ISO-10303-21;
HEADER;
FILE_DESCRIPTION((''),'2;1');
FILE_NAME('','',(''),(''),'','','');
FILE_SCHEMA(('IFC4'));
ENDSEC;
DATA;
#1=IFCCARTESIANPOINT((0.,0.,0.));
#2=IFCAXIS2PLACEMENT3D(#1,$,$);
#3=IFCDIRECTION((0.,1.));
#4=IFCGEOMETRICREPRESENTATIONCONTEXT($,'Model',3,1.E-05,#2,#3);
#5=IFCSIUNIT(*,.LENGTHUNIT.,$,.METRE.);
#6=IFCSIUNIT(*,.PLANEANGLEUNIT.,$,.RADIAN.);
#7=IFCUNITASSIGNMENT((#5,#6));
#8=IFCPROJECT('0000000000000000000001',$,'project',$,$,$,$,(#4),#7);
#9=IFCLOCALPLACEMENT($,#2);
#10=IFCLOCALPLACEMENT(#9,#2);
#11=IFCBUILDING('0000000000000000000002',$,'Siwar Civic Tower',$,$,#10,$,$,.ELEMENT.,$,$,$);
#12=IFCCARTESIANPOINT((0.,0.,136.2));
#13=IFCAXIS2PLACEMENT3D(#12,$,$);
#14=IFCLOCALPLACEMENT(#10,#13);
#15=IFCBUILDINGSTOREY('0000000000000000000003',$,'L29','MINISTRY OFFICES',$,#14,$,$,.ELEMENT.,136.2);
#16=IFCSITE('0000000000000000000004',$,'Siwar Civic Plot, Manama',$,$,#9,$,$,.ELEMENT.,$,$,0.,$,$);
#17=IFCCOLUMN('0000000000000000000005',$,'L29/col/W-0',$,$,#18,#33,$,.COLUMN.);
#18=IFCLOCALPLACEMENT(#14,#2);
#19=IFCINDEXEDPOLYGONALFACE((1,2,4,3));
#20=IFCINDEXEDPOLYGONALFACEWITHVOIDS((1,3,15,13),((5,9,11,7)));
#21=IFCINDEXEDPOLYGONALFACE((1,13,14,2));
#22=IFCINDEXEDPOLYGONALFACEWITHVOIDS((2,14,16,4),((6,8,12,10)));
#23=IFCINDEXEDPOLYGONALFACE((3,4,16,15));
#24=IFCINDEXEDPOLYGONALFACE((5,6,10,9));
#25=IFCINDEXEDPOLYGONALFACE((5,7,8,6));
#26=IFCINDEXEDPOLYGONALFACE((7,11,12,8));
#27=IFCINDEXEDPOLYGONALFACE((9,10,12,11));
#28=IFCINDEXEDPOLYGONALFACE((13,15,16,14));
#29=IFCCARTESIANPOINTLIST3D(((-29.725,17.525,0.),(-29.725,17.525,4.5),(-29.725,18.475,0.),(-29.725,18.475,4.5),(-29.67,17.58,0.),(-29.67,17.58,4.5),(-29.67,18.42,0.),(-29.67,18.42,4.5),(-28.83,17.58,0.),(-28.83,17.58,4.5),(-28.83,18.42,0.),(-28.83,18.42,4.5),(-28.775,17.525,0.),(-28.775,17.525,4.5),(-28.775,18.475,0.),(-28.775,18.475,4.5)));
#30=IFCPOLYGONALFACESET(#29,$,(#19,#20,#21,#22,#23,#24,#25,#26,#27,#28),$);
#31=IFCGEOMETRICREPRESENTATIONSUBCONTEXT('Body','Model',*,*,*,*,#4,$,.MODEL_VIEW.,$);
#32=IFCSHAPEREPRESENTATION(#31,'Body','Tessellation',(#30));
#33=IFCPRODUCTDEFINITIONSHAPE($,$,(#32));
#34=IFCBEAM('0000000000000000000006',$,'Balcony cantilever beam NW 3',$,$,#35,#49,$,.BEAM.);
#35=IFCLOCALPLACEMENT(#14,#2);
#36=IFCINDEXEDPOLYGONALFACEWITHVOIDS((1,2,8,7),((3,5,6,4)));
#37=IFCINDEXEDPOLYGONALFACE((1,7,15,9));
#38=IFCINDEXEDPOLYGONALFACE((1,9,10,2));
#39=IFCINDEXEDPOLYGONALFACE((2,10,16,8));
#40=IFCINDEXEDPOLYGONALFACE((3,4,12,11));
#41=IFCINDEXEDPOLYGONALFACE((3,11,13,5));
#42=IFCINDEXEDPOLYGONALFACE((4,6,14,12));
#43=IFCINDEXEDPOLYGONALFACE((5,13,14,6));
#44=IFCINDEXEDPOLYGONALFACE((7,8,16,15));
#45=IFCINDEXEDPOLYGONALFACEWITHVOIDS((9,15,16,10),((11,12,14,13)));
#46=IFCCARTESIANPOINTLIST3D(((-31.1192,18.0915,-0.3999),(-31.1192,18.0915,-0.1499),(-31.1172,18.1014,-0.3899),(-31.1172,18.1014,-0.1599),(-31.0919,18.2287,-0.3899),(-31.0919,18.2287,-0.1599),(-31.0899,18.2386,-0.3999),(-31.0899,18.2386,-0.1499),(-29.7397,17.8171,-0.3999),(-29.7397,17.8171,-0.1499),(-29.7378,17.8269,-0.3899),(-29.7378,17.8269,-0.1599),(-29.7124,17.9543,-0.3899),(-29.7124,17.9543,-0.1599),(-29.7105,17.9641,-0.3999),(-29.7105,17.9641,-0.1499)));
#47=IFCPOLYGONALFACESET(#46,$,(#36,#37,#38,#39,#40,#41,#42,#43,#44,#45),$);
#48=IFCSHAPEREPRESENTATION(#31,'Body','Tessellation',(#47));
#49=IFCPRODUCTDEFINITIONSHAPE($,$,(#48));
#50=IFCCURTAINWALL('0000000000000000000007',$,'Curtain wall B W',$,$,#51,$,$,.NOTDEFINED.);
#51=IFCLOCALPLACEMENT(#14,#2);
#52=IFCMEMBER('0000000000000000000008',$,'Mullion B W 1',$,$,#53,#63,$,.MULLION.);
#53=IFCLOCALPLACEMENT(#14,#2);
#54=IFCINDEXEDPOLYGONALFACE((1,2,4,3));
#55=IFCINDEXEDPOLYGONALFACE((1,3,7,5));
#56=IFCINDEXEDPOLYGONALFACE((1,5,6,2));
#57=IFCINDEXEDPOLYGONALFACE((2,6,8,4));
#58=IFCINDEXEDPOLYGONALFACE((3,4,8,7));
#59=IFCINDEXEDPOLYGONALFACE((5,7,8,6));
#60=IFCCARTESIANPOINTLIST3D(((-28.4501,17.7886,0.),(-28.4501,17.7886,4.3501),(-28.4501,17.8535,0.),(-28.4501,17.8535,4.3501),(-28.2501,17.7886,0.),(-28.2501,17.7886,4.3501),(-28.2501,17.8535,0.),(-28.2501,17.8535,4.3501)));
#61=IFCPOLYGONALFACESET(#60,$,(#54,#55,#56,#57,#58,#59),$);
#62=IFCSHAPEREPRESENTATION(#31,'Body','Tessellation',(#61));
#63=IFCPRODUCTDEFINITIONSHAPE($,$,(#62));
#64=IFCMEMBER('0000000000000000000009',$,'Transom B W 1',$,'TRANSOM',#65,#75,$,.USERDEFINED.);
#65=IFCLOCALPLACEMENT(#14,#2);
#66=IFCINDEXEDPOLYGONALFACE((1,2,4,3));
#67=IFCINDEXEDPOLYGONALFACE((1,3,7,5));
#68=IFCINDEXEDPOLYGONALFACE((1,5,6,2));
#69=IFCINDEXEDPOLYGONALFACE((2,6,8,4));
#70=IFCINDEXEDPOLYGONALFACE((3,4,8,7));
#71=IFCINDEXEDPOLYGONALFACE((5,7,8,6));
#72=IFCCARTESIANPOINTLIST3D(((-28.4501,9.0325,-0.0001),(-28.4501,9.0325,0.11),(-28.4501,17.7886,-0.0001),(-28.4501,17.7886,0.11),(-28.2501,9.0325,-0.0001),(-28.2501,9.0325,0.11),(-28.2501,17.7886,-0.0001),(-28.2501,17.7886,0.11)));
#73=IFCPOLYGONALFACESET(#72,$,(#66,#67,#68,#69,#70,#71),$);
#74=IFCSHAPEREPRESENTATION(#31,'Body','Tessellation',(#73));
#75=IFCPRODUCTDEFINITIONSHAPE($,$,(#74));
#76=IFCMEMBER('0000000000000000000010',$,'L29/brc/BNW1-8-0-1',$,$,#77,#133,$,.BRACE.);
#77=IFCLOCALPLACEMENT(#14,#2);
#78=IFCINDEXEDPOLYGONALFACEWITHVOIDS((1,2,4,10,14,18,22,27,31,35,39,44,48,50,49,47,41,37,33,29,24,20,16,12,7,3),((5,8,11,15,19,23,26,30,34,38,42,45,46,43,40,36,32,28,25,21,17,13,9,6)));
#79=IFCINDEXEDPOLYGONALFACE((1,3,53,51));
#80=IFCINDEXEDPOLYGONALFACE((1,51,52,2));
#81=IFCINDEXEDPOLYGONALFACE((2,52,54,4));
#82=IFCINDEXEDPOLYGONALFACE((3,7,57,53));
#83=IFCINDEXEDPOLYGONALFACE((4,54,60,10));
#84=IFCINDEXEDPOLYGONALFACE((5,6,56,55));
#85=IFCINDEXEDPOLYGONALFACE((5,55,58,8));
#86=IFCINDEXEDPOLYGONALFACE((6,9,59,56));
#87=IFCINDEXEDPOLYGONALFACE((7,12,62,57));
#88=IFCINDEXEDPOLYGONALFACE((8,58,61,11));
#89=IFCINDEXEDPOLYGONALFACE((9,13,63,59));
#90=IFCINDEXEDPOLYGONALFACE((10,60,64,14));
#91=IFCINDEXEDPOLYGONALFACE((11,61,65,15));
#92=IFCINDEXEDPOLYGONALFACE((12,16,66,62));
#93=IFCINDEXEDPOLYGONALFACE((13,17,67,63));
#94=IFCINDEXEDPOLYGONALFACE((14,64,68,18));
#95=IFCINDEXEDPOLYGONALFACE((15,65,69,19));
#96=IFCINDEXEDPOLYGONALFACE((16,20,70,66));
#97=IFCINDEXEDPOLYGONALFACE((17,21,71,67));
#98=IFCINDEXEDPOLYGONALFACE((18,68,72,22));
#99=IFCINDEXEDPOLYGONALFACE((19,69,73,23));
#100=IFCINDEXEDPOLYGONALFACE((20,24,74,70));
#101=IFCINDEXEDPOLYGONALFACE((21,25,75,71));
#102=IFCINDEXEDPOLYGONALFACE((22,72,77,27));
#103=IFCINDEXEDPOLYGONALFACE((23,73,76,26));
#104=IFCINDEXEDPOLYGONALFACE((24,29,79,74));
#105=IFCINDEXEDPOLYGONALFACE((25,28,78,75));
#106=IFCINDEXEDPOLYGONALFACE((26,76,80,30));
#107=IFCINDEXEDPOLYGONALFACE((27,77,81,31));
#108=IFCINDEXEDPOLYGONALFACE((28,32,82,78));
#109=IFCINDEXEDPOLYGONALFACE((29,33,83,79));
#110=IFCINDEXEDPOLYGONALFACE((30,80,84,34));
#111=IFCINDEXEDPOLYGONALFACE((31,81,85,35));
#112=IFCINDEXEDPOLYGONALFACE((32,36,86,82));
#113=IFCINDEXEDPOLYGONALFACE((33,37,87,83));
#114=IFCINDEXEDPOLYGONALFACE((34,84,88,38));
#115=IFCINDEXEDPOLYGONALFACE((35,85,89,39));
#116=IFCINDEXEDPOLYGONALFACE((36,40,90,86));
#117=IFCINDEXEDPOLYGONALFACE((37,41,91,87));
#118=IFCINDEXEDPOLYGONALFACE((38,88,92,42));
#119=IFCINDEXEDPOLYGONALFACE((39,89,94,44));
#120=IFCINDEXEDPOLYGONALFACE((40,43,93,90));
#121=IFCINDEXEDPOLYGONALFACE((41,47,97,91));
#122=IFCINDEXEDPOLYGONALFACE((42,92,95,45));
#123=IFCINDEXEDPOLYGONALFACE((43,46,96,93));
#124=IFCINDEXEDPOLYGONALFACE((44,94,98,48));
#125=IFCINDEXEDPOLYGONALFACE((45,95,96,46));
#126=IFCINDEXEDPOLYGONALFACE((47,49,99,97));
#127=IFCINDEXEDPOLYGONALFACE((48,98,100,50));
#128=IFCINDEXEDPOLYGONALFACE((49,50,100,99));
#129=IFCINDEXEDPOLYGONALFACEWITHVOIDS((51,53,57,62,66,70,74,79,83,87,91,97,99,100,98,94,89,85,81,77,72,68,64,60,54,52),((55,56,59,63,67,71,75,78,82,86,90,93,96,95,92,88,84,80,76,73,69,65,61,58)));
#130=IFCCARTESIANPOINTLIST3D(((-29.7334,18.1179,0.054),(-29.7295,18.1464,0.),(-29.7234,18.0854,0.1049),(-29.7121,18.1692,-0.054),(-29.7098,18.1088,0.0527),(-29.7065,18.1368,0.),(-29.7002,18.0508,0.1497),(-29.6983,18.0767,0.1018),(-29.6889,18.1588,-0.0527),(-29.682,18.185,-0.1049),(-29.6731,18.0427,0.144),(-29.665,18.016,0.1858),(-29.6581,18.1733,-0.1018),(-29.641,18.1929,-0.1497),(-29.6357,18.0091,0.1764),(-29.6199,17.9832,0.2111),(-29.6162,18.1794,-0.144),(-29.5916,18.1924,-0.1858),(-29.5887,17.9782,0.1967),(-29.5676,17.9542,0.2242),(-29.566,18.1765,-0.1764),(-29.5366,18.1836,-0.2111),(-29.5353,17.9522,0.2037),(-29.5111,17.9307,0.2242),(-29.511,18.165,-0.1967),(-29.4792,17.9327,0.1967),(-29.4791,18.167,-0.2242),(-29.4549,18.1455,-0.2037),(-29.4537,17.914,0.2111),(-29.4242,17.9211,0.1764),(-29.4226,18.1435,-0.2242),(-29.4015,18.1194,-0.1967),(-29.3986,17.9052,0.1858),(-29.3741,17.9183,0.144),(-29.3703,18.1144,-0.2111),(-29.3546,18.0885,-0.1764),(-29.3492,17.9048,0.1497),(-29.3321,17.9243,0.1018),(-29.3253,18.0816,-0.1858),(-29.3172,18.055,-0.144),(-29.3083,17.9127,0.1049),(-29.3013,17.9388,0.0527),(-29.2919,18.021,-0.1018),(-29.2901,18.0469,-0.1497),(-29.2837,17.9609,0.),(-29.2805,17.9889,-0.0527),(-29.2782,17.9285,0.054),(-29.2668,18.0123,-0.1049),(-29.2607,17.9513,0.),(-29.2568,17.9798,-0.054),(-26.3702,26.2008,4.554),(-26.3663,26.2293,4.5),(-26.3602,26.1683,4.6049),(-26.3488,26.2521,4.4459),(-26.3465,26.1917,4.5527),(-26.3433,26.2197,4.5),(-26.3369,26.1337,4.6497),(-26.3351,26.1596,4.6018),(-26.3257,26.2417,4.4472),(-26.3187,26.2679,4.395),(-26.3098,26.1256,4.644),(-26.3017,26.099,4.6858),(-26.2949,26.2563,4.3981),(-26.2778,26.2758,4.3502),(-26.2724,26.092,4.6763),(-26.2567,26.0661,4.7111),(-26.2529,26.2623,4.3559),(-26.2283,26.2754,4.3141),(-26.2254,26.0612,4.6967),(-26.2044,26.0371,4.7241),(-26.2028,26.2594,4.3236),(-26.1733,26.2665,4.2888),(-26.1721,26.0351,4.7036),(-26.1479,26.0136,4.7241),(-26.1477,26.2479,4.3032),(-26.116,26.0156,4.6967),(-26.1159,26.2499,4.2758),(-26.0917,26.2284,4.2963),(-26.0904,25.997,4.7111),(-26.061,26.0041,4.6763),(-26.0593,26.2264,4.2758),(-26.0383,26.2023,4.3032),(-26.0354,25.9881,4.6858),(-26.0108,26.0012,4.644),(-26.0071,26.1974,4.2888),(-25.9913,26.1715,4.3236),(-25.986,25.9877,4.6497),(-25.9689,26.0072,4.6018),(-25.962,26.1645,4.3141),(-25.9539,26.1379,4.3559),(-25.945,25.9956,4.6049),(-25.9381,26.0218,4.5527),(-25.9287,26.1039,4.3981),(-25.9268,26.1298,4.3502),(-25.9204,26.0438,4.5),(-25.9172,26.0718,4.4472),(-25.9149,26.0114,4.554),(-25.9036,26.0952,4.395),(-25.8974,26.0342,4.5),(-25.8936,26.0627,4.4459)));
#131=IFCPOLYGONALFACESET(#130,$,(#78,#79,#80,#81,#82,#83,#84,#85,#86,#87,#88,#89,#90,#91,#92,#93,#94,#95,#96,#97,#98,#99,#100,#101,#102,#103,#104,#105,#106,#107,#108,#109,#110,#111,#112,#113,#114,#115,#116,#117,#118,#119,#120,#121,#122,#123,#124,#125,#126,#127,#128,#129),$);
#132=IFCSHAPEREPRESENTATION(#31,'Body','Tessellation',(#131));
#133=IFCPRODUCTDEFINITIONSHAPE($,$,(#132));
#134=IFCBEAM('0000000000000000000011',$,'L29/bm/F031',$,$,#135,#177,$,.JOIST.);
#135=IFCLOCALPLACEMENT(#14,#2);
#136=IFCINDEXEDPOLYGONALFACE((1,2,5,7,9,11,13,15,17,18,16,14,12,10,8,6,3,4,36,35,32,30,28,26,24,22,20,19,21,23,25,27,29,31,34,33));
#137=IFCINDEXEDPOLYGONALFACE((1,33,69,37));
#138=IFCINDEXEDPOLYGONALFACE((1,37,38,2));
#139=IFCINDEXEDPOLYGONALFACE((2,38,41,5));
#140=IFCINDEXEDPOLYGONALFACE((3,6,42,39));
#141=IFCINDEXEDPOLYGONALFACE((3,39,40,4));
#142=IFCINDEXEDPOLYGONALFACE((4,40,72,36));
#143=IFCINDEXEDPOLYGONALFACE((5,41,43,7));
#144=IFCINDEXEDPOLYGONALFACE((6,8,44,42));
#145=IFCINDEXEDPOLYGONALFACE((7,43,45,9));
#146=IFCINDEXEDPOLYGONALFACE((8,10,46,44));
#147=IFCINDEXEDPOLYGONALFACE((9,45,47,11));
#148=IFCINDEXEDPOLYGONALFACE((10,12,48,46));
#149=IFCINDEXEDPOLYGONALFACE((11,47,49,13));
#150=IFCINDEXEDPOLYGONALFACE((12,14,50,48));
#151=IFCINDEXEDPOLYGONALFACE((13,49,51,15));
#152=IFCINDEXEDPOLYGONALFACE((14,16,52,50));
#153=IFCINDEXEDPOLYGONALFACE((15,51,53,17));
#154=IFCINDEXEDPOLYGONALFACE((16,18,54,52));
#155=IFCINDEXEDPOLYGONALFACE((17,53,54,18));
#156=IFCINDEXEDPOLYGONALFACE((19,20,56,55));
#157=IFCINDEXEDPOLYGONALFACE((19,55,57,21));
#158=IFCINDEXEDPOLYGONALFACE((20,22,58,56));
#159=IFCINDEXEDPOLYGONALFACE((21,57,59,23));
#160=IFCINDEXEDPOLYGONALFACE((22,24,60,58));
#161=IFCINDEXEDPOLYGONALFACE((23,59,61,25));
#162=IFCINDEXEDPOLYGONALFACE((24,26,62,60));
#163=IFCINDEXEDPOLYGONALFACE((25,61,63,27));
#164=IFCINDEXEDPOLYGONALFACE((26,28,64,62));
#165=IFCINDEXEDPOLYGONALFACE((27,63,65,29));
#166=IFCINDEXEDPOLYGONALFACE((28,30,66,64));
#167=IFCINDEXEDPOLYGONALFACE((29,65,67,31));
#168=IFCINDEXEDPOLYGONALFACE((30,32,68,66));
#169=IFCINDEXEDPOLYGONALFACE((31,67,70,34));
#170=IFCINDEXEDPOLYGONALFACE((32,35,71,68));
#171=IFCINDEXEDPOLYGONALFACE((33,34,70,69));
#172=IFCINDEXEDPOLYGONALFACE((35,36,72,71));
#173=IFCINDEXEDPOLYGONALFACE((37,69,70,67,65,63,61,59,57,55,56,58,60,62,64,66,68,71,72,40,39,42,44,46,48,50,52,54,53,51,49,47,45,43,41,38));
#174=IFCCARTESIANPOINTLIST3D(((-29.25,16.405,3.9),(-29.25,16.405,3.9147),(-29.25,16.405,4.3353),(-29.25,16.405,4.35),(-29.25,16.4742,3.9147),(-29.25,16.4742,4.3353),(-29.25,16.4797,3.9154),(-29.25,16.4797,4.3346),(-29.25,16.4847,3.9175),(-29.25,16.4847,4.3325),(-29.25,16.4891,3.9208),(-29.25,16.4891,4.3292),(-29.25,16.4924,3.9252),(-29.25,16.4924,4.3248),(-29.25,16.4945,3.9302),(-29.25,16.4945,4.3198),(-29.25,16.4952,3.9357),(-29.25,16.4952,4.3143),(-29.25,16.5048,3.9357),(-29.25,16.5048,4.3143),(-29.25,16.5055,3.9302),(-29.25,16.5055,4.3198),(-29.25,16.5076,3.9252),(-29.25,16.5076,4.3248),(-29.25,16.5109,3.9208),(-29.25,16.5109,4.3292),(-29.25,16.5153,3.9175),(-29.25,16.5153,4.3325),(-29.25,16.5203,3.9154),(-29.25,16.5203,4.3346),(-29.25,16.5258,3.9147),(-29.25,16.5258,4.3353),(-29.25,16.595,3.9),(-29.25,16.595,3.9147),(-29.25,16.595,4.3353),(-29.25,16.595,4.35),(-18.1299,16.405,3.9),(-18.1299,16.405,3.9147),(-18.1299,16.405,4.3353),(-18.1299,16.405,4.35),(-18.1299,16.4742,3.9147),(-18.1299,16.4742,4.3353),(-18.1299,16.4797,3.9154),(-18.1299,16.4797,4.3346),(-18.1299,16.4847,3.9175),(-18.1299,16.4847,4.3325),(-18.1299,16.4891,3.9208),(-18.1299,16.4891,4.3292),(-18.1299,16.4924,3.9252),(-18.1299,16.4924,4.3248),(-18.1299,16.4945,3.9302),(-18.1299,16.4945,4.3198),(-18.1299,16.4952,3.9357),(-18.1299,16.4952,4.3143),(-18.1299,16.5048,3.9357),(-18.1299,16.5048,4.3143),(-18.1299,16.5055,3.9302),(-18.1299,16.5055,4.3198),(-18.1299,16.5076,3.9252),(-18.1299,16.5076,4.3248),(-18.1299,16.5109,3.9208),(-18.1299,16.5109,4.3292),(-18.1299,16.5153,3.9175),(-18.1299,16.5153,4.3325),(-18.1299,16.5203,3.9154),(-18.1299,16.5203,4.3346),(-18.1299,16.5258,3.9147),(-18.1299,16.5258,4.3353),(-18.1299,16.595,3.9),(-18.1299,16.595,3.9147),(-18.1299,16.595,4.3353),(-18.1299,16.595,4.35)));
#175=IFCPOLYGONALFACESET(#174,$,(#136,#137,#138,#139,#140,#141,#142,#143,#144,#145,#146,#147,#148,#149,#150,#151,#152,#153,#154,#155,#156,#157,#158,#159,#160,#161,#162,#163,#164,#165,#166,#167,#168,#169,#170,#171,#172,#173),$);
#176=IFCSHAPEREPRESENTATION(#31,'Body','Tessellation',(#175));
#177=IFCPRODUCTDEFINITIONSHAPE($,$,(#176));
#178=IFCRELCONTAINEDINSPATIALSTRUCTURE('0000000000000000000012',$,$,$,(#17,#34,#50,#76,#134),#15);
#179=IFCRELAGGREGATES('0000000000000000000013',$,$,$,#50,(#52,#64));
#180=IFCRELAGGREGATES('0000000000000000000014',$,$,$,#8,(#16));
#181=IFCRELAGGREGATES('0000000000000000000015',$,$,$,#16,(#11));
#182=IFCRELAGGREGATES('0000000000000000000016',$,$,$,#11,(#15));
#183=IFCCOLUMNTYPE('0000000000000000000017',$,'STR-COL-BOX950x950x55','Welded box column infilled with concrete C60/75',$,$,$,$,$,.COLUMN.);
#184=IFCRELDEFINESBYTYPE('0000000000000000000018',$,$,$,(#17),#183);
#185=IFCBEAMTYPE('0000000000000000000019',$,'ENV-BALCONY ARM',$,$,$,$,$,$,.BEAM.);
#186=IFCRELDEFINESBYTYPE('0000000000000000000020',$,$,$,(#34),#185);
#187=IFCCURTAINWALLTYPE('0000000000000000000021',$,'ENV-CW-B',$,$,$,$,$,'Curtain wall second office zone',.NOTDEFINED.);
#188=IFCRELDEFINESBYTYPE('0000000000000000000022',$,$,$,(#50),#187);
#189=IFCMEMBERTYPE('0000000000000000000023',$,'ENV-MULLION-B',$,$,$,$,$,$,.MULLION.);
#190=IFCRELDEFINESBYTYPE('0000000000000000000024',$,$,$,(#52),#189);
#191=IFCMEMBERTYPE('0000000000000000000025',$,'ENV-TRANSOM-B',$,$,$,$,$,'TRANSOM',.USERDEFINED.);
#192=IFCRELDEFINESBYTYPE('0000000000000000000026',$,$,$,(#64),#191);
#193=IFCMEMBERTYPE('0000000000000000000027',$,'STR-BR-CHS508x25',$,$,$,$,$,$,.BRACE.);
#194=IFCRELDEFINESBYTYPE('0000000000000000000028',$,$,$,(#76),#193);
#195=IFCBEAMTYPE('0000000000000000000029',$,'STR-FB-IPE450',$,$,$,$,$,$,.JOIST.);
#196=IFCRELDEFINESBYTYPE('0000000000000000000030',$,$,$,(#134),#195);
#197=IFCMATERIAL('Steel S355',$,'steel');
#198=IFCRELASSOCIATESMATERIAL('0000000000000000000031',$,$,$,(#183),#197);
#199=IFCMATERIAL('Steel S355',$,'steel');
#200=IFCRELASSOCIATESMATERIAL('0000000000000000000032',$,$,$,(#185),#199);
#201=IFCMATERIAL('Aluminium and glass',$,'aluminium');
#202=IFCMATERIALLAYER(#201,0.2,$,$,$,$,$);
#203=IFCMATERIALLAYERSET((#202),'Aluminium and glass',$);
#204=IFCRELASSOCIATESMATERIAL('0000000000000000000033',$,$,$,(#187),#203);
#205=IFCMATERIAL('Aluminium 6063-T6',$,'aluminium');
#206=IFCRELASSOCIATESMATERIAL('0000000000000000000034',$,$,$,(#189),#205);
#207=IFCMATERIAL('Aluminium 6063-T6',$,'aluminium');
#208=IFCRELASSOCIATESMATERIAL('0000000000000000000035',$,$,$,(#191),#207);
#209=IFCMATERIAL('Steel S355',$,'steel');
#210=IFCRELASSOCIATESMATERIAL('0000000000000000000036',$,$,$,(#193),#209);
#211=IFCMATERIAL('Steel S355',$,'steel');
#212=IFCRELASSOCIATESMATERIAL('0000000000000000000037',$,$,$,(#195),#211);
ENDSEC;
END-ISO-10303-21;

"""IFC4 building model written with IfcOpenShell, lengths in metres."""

from ifc_helpers import new_model, si_unit, direction, frame, origin, origin_2d, place, context, subcontext, project, spatial, rectangle, hollow_rectangle, hollow_circle, i_section, extrude, material, layer, layer_set, material_profile, profile_set, type_object, element, aggregate, save


model = new_model("IFC4")

# Units and contexts
model_context = context("Model", 3, precision=1e-05, world=origin(), true_north=direction((0.0, 1.0)))
body_context = subcontext(model_context, "Body", "Model", "MODEL_VIEW")
ifc_project = project(units=[si_unit("LENGTHUNIT", "METRE"), si_unit("PLANEANGLEUNIT", "RADIAN")], contexts=[model_context])

# Site, building, storey
site_placement = place(None, origin())
site = spatial("IfcSite", under=ifc_project, at=site_placement, Name="Siwar Civic Plot, Manama", CompositionType="ELEMENT", RefElevation=0.0)
building_placement = place(site_placement, origin())
building = spatial("IfcBuilding", under=site, at=building_placement, Name="Siwar Civic Tower", CompositionType="ELEMENT")
storey_placement = place(building_placement, frame((0.0, 0.0, 136.2)))
storey = spatial("IfcBuildingStorey", under=building, at=storey_placement, Name="L29", Description="MINISTRY OFFICES", CompositionType="ELEMENT", Elevation=136.2)

# Column
ifc_material_1 = material(Name="Steel S355", Category="steel")
ifc_material_profile_1 = material_profile(ifc_material_1, hollow_rectangle(XDim=0.95, YDim=0.95, WallThickness=0.0549, at=origin_2d()), Name="BOX950x950x55")
ifc_profile_set_1 = profile_set([ifc_material_profile_1], Name="Steel S355")
column_type = type_object("IfcColumnType", Name="STR-COL-BOX950x950x55", Description="Welded box column infilled with concrete C60/75", PredefinedType="COLUMN", material=ifc_profile_set_1)
column_placement = place(storey_placement, frame((-29.25, 18.0, 0.0), z_axis=(0.0, 0.0, 1.0), x_axis=(1.0, 0.0, 0.0)))
element("IfcColumn", 1, at=column_placement, inside=storey, type_object=column_type, Name="L29/col/W-0", PredefinedType="COLUMN", context=body_context, shape_type="SweptSolid", body=[
    extrude(hollow_rectangle(XDim=0.95, YDim=0.95, WallThickness=0.0549, at=origin_2d()), origin(), (0.0, 0.0, 1.0), 4.5),
])

# Beam
ifc_material_2 = material(Name="Steel S355", Category="steel")
ifc_material_profile_2 = material_profile(ifc_material_2, hollow_rectangle(XDim=0.1499, YDim=0.25, WallThickness=0.01, at=origin_2d()), Name="RHS250x150x10")
ifc_profile_set_2 = profile_set([ifc_material_profile_2], Name="Steel S355")
beam_type_1 = type_object("IfcBeamType", Name="ENV-BALCONY ARM", PredefinedType="BEAM", material=ifc_profile_set_2)
beam_1_placement = place(storey_placement, frame((-29.7251, 17.8906, -0.2749), z_axis=(-0.98078, 0.195115, 0.0), x_axis=(-0.195115, -0.98078, 0.0)))
element("IfcBeam", 2, at=beam_1_placement, inside=storey, type_object=beam_type_1, Name="Balcony cantilever beam NW 3", PredefinedType="BEAM", context=body_context, shape_type="SweptSolid", body=[
    extrude(hollow_rectangle(XDim=0.1499, YDim=0.25, WallThickness=0.01, at=origin_2d()), origin(), (0.0, 0.0, 1.0), 1.4065),
])

# Curtain wall, members
ifc_material_3 = material(Name="Aluminium and glass", Category="aluminium")
ifc_layer_1 = layer(ifc_material_3, 0.2)
ifc_layer_set_1 = layer_set([ifc_layer_1], Name="Aluminium and glass")
curtain_wall_type = type_object("IfcCurtainWallType", Name="ENV-CW-B", ElementType="Curtain wall second office zone", PredefinedType="NOTDEFINED", material=ifc_layer_set_1)
curtain_wall_placement = place(storey_placement, origin())
curtain_wall = element("IfcCurtainWall", 3, at=curtain_wall_placement, inside=storey, type_object=curtain_wall_type, Name="Curtain wall B W", PredefinedType="NOTDEFINED")
ifc_material_4 = material(Name="Aluminium 6063-T6", Category="aluminium")
ifc_material_profile_3 = material_profile(ifc_material_4, rectangle(XDim=0.2, YDim=0.0649, at=origin_2d()), Name="AL 200x65")
ifc_profile_set_3 = profile_set([ifc_material_profile_3], Name="Aluminium 6063-T6")
member_type_1 = type_object("IfcMemberType", Name="ENV-MULLION-B", PredefinedType="MULLION", material=ifc_profile_set_3)
member_1_placement = place(storey_placement, frame((-28.3501, 17.821, 0.0), z_axis=(0.0, 0.0, 1.0), x_axis=(1.0, 0.0, 0.0)))
member_1 = element("IfcMember", 4, at=member_1_placement, type_object=member_type_1, Name="Mullion B W 1", PredefinedType="MULLION", context=body_context, shape_type="SweptSolid", body=[
    extrude(rectangle(XDim=0.2, YDim=0.0649, at=origin_2d()), origin(), (0.0, 0.0, 1.0), 4.3501),
])
ifc_material_5 = material(Name="Aluminium 6063-T6", Category="aluminium")
ifc_material_profile_4 = material_profile(ifc_material_5, rectangle(XDim=0.2, YDim=0.1101, at=origin_2d()), Name="AL 200x110")
ifc_profile_set_4 = profile_set([ifc_material_profile_4], Name="Aluminium 6063-T6")
member_type_2 = type_object("IfcMemberType", Name="ENV-TRANSOM-B", ElementType="TRANSOM", PredefinedType="USERDEFINED", material=ifc_profile_set_4)
member_2_placement = place(storey_placement, frame((-28.3501, 17.7886, 0.0549), z_axis=(0.0, -1.0, 0.0), x_axis=(1.0, 0.0, 0.0)))
member_2 = element("IfcMember", 5, at=member_2_placement, type_object=member_type_2, Name="Transom B W 1", ObjectType="TRANSOM", PredefinedType="USERDEFINED", context=body_context, shape_type="SweptSolid", body=[
    extrude(rectangle(XDim=0.2, YDim=0.1101, at=origin_2d()), origin(), (0.0, 0.0, 1.0), 8.7561),
])
aggregate(curtain_wall, [member_1, member_2])

# Member
ifc_material_6 = material(Name="Steel S355", Category="steel")
ifc_material_profile_5 = material_profile(ifc_material_6, hollow_circle(Radius=0.2539, WallThickness=0.0249, at=origin_2d()), Name="CHS508x25")
ifc_profile_set_5 = profile_set([ifc_material_profile_5], Name="Steel S355")
member_type_3 = type_object("IfcMemberType", Name="STR-BR-CHS508x25", PredefinedType="BRACE", material=ifc_profile_set_5)
member_3_placement = place(storey_placement, frame((-29.4951, 18.0488, 0.0), z_axis=(0.341671, 0.821143, 0.457149), x_axis=(-0.923265, 0.384164, 0.0)))
element("IfcMember", 6, at=member_3_placement, inside=storey, type_object=member_type_3, Name="L29/brc/BNW1-8-0-1", PredefinedType="BRACE", context=body_context, shape_type="SweptSolid", body=[
    extrude(hollow_circle(Radius=0.2539, WallThickness=0.0249, at=origin_2d()), origin(), (0.0, 0.0, 1.0), 9.8435),
])

# Beam
ifc_material_7 = material(Name="Steel S355", Category="steel")
ifc_material_profile_6 = material_profile(ifc_material_7, i_section(OverallWidth=0.1899, OverallDepth=0.45, WebThickness=0.0095, FlangeThickness=0.0146, FilletRadius=0.021, at=origin_2d()), Name="IPE450")
ifc_profile_set_6 = profile_set([ifc_material_profile_6], Name="Steel S355")
beam_type_2 = type_object("IfcBeamType", Name="STR-FB-IPE450", PredefinedType="JOIST", material=ifc_profile_set_6)
beam_2_placement = place(storey_placement, frame((-29.25, 16.5, 4.125), z_axis=(1.0, 0.0, 0.0), x_axis=(0.0, 1.0, 0.0)))
element("IfcBeam", 7, at=beam_2_placement, inside=storey, type_object=beam_type_2, Name="L29/bm/F031", PredefinedType="JOIST", context=body_context, shape_type="SweptSolid", body=[
    extrude(i_section(OverallWidth=0.1899, OverallDepth=0.45, WebThickness=0.0095, FlangeThickness=0.0146, FilletRadius=0.021, at=origin_2d()), origin(), (0.0, 0.0, 1.0), 11.1201),
])

save(model, "model.ifc")
